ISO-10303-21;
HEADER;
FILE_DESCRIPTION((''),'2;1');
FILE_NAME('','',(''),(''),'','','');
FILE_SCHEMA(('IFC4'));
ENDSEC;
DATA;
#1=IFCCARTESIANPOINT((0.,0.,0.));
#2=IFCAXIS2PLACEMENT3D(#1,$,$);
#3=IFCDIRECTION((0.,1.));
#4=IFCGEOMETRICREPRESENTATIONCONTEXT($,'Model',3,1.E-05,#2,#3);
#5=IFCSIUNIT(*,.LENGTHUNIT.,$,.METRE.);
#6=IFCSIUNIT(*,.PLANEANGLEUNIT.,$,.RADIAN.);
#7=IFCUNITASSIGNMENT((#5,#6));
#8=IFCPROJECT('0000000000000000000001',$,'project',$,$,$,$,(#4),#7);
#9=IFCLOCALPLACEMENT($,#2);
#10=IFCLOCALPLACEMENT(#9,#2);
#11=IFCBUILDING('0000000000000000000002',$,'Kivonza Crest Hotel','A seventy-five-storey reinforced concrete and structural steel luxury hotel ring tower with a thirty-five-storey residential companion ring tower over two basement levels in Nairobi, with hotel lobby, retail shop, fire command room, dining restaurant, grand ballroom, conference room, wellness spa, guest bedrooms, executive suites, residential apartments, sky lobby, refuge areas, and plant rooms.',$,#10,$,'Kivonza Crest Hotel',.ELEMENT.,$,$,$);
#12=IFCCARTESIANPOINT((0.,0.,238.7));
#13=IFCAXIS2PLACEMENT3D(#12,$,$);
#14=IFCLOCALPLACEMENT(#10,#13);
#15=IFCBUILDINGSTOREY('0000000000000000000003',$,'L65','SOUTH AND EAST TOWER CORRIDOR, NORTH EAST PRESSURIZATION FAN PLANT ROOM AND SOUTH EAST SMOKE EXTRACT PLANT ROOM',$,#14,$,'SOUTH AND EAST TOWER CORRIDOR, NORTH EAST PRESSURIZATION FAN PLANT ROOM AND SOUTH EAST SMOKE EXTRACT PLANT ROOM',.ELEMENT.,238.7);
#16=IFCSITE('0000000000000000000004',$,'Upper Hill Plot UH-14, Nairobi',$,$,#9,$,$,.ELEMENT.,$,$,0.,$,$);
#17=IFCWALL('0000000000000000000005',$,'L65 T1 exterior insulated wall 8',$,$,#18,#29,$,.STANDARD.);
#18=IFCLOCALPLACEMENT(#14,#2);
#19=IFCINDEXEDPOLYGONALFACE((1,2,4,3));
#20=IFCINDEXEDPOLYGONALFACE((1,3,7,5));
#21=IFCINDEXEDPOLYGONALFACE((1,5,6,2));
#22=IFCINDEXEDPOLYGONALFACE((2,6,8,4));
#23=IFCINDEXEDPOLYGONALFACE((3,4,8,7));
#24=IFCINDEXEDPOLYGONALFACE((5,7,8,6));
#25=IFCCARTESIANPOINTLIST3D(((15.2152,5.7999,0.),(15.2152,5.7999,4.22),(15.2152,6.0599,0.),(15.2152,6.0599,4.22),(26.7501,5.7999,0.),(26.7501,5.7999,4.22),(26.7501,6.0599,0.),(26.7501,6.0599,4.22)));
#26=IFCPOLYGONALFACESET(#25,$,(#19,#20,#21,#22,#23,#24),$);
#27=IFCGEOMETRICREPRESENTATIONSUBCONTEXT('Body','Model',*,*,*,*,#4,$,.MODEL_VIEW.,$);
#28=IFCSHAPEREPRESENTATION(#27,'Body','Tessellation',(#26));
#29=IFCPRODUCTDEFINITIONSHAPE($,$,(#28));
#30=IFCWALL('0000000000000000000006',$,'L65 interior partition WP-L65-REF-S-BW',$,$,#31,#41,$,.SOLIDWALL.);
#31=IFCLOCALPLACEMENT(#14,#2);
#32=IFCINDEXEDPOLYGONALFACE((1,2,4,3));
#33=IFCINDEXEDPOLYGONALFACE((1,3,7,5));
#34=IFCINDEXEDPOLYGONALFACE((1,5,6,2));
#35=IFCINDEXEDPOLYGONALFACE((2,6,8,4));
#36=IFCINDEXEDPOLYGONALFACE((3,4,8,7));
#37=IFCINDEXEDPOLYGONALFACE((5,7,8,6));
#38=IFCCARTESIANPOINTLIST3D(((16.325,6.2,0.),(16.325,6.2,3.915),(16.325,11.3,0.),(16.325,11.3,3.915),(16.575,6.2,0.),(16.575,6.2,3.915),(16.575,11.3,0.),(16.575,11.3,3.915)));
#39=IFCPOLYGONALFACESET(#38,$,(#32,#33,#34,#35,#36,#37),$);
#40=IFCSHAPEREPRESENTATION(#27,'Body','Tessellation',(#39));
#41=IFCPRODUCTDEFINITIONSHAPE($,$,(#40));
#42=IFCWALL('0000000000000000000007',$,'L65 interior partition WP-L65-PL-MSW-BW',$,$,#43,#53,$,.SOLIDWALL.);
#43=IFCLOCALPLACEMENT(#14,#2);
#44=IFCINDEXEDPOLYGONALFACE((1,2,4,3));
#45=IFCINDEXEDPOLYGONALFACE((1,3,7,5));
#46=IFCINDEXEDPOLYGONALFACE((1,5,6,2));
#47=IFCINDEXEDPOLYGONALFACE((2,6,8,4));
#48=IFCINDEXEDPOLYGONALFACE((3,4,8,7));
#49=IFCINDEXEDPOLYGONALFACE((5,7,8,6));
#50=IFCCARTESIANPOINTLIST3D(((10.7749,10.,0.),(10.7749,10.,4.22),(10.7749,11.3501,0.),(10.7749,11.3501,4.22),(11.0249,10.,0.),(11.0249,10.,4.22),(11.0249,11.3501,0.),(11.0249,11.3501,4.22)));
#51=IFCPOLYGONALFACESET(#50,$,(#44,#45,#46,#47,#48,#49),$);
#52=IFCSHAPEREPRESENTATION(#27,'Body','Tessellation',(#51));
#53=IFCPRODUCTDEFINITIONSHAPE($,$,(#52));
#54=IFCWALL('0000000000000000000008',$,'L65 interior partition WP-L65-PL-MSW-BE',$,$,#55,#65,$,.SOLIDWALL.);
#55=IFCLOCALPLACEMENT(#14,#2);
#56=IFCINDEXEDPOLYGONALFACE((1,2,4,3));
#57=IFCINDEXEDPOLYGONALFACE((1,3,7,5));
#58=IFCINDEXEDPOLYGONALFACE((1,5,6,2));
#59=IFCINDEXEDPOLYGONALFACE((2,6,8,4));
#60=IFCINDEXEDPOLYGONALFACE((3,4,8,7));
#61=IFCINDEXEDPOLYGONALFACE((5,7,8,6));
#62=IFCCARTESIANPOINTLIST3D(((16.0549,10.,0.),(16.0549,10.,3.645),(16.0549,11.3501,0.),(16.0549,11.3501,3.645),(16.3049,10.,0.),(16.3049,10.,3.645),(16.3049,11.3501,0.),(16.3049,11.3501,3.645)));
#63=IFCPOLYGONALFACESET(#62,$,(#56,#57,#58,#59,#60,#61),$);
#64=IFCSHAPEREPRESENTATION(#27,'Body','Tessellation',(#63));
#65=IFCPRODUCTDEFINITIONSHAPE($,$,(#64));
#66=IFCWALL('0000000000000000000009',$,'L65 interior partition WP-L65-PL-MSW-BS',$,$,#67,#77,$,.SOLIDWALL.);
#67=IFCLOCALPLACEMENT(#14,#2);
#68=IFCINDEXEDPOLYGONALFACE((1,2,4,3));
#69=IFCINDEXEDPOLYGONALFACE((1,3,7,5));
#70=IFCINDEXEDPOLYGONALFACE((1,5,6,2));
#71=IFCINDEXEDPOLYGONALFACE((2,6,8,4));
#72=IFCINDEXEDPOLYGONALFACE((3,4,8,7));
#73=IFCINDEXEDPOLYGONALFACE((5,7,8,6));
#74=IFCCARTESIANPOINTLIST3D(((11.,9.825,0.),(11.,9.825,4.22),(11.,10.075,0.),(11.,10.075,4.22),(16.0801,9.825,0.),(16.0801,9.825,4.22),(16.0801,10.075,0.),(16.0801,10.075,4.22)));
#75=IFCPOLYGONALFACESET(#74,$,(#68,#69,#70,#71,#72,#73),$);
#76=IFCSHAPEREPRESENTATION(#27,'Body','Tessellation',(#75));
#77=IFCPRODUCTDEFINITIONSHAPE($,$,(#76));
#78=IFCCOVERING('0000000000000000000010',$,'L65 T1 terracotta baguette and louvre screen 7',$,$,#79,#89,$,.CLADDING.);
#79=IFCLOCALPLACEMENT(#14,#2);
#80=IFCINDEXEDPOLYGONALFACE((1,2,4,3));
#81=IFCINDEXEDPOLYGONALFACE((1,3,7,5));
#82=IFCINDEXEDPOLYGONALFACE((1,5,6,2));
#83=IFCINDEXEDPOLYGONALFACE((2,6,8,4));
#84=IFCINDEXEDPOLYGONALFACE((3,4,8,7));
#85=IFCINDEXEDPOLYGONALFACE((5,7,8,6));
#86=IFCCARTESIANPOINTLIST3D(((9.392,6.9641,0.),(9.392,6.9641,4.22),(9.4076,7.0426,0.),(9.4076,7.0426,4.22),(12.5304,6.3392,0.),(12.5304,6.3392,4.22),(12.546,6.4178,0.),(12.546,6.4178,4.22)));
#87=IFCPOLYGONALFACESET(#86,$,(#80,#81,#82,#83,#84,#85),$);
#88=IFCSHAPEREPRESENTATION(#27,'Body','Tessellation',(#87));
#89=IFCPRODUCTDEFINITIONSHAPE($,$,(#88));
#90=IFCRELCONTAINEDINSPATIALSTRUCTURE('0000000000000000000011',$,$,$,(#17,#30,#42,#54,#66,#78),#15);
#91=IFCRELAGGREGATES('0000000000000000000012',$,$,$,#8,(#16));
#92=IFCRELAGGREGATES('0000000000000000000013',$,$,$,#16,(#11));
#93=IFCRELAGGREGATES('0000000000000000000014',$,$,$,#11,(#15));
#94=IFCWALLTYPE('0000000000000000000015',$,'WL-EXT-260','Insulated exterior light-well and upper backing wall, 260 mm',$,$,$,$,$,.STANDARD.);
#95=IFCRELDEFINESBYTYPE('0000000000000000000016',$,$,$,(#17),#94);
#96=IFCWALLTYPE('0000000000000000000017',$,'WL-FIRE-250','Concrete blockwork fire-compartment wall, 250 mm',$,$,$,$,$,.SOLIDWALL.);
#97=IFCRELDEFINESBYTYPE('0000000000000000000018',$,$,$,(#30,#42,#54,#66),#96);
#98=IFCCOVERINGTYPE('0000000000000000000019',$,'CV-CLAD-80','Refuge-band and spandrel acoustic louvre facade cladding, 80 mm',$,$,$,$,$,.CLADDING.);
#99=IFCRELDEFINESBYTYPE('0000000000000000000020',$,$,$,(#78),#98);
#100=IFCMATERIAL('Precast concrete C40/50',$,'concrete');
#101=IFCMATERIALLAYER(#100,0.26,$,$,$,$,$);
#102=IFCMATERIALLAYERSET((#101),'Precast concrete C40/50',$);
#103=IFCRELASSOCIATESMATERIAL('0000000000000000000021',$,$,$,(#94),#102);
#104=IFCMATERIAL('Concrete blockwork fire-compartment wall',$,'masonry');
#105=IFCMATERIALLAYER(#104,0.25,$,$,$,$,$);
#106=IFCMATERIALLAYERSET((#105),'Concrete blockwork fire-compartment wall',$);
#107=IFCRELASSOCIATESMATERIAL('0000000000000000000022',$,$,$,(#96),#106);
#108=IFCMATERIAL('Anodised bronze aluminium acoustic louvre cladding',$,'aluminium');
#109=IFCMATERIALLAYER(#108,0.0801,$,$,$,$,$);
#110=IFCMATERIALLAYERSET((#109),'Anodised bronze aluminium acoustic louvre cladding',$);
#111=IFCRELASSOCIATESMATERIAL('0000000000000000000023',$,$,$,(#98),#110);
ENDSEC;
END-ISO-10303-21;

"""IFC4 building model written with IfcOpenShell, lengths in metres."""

from ifc_helpers import new_model, si_unit, direction, frame, frame_2d, origin, origin_2d, place, context, subcontext, project, spatial, rectangle, extrude, material, layer, layer_set, type_object, element, save


model = new_model("IFC4")

# Units and contexts
model_context = context("Model", 3, precision=1e-05, world=origin(), true_north=direction((0.0, 1.0)))
body_context = subcontext(model_context, "Body", "Model", "MODEL_VIEW")
ifc_project = project(units=[si_unit("LENGTHUNIT", "METRE"), si_unit("PLANEANGLEUNIT", "RADIAN")], contexts=[model_context])

# Site, building, storey
site_placement = place(None, origin())
site = spatial("IfcSite", under=ifc_project, at=site_placement, Name="Upper Hill Plot UH-14, Nairobi", CompositionType="ELEMENT", RefElevation=0.0)
building_placement = place(site_placement, origin())
building = spatial("IfcBuilding", under=site, at=building_placement, Name="Kivonza Crest Hotel", Description="A seventy-five-storey reinforced concrete and structural steel luxury hotel ring tower with a thirty-five-storey residential companion ring tower over two basement levels in Nairobi, with hotel lobby, retail shop, fire command room, dining restaurant, grand ballroom, conference room, wellness spa, guest bedrooms, executive suites, residential apartments, sky lobby, refuge areas, and plant rooms.", LongName="Kivonza Crest Hotel", CompositionType="ELEMENT")
storey_placement = place(building_placement, frame((0.0, 0.0, 238.7)))
storey = spatial("IfcBuildingStorey", under=building, at=storey_placement, Name="L65", Description="SOUTH AND EAST TOWER CORRIDOR, NORTH EAST PRESSURIZATION FAN PLANT ROOM AND SOUTH EAST SMOKE EXTRACT PLANT ROOM", LongName="SOUTH AND EAST TOWER CORRIDOR, NORTH EAST PRESSURIZATION FAN PLANT ROOM AND SOUTH EAST SMOKE EXTRACT PLANT ROOM", CompositionType="ELEMENT", Elevation=238.7)

# Walls
ifc_material_1 = material(Name="Precast concrete C40/50", Category="concrete")
ifc_layer_1 = layer(ifc_material_1, 0.26)
ifc_layer_set_1 = layer_set([ifc_layer_1], Name="Precast concrete C40/50")
wall_type_1 = type_object("IfcWallType", Name="WL-EXT-260", Description="Insulated exterior light-well and upper backing wall, 260 mm", PredefinedType="STANDARD", material=ifc_layer_set_1)
wall_1_placement = place(storey_placement, frame((15.2151, 5.9299, 0.0), z_axis=(0.0, 0.0, 1.0), x_axis=(1.0, 0.0, 0.0)))
element("IfcWall", 1, at=wall_1_placement, inside=storey, type_object=wall_type_1, Name="L65 T1 exterior insulated wall 8", PredefinedType="STANDARD", context=body_context, shape_type="SweptSolid", body=[
    extrude(rectangle(XDim=11.5349, YDim=0.26, at=frame_2d((5.7676, 0.0))), origin(), (0.0, 0.0, 1.0), 4.22),
])
ifc_material_2 = material(Name="Concrete blockwork fire-compartment wall", Category="masonry")
ifc_layer_2 = layer(ifc_material_2, 0.25)
ifc_layer_set_2 = layer_set([ifc_layer_2], Name="Concrete blockwork fire-compartment wall")
wall_type_2 = type_object("IfcWallType", Name="WL-FIRE-250", Description="Concrete blockwork fire-compartment wall, 250 mm", PredefinedType="SOLIDWALL", material=ifc_layer_set_2)
wall_2_placement = place(storey_placement, frame((16.45, 6.2, 0.0), z_axis=(0.0, 0.0, 1.0), x_axis=(0.0, 1.0, 0.0)))
element("IfcWall", 2, at=wall_2_placement, inside=storey, type_object=wall_type_2, Name="L65 interior partition WP-L65-REF-S-BW", PredefinedType="SOLIDWALL", context=body_context, shape_type="SweptSolid", body=[
    extrude(rectangle(XDim=5.1001, YDim=0.25, at=frame_2d((2.55, 0.0))), origin(), (0.0, 0.0, 1.0), 3.915),
])
wall_3_placement = place(storey_placement, frame((10.8999, 10.0, 0.0), z_axis=(0.0, 0.0, 1.0), x_axis=(0.0, 1.0, 0.0)))
element("IfcWall", 3, at=wall_3_placement, inside=storey, type_object=wall_type_2, Name="L65 interior partition WP-L65-PL-MSW-BW", PredefinedType="SOLIDWALL", context=body_context, shape_type="SweptSolid", body=[
    extrude(rectangle(XDim=1.3501, YDim=0.25, at=frame_2d((0.675, 0.0))), origin(), (0.0, 0.0, 1.0), 4.22),
])
wall_4_placement = place(storey_placement, frame((16.1799, 10.0, 0.0), z_axis=(0.0, 0.0, 1.0), x_axis=(0.0, 1.0, 0.0)))
element("IfcWall", 4, at=wall_4_placement, inside=storey, type_object=wall_type_2, Name="L65 interior partition WP-L65-PL-MSW-BE", PredefinedType="SOLIDWALL", context=body_context, shape_type="SweptSolid", body=[
    extrude(rectangle(XDim=1.3501, YDim=0.25, at=frame_2d((0.675, 0.0))), origin(), (0.0, 0.0, 1.0), 3.645),
])
wall_5_placement = place(storey_placement, frame((11.0, 9.95, 0.0), z_axis=(0.0, 0.0, 1.0), x_axis=(1.0, 0.0, 0.0)))
element("IfcWall", 5, at=wall_5_placement, inside=storey, type_object=wall_type_2, Name="L65 interior partition WP-L65-PL-MSW-BS", PredefinedType="SOLIDWALL", context=body_context, shape_type="SweptSolid", body=[
    extrude(rectangle(XDim=5.0801, YDim=0.25, at=frame_2d((2.54, 0.0))), origin(), (0.0, 0.0, 1.0), 4.22),
])

# Covering
ifc_material_3 = material(Name="Anodised bronze aluminium acoustic louvre cladding", Category="aluminium")
ifc_layer_3 = layer(ifc_material_3, 0.0801)
ifc_layer_set_3 = layer_set([ifc_layer_3], Name="Anodised bronze aluminium acoustic louvre cladding")
covering_type = type_object("IfcCoveringType", Name="CV-CLAD-80", Description="Refuge-band and spandrel acoustic louvre facade cladding, 80 mm", PredefinedType="CLADDING", material=ifc_layer_set_3)
covering_placement = place(storey_placement, frame((10.969, 6.6909, 0.0), z_axis=(0.0, 0.0, 1.0), x_axis=(0.980751, -0.195261, 0.0)))
element("IfcCovering", 6, at=covering_placement, inside=storey, type_object=covering_type, Name="L65 T1 terracotta baguette and louvre screen 7", PredefinedType="CLADDING", context=body_context, shape_type="SweptSolid", body=[
    extrude(rectangle(XDim=3.2, YDim=0.0801, at=origin_2d()), origin(), (0.0, 0.0, 1.0), 4.22),
])

save(model, "model.ifc")
